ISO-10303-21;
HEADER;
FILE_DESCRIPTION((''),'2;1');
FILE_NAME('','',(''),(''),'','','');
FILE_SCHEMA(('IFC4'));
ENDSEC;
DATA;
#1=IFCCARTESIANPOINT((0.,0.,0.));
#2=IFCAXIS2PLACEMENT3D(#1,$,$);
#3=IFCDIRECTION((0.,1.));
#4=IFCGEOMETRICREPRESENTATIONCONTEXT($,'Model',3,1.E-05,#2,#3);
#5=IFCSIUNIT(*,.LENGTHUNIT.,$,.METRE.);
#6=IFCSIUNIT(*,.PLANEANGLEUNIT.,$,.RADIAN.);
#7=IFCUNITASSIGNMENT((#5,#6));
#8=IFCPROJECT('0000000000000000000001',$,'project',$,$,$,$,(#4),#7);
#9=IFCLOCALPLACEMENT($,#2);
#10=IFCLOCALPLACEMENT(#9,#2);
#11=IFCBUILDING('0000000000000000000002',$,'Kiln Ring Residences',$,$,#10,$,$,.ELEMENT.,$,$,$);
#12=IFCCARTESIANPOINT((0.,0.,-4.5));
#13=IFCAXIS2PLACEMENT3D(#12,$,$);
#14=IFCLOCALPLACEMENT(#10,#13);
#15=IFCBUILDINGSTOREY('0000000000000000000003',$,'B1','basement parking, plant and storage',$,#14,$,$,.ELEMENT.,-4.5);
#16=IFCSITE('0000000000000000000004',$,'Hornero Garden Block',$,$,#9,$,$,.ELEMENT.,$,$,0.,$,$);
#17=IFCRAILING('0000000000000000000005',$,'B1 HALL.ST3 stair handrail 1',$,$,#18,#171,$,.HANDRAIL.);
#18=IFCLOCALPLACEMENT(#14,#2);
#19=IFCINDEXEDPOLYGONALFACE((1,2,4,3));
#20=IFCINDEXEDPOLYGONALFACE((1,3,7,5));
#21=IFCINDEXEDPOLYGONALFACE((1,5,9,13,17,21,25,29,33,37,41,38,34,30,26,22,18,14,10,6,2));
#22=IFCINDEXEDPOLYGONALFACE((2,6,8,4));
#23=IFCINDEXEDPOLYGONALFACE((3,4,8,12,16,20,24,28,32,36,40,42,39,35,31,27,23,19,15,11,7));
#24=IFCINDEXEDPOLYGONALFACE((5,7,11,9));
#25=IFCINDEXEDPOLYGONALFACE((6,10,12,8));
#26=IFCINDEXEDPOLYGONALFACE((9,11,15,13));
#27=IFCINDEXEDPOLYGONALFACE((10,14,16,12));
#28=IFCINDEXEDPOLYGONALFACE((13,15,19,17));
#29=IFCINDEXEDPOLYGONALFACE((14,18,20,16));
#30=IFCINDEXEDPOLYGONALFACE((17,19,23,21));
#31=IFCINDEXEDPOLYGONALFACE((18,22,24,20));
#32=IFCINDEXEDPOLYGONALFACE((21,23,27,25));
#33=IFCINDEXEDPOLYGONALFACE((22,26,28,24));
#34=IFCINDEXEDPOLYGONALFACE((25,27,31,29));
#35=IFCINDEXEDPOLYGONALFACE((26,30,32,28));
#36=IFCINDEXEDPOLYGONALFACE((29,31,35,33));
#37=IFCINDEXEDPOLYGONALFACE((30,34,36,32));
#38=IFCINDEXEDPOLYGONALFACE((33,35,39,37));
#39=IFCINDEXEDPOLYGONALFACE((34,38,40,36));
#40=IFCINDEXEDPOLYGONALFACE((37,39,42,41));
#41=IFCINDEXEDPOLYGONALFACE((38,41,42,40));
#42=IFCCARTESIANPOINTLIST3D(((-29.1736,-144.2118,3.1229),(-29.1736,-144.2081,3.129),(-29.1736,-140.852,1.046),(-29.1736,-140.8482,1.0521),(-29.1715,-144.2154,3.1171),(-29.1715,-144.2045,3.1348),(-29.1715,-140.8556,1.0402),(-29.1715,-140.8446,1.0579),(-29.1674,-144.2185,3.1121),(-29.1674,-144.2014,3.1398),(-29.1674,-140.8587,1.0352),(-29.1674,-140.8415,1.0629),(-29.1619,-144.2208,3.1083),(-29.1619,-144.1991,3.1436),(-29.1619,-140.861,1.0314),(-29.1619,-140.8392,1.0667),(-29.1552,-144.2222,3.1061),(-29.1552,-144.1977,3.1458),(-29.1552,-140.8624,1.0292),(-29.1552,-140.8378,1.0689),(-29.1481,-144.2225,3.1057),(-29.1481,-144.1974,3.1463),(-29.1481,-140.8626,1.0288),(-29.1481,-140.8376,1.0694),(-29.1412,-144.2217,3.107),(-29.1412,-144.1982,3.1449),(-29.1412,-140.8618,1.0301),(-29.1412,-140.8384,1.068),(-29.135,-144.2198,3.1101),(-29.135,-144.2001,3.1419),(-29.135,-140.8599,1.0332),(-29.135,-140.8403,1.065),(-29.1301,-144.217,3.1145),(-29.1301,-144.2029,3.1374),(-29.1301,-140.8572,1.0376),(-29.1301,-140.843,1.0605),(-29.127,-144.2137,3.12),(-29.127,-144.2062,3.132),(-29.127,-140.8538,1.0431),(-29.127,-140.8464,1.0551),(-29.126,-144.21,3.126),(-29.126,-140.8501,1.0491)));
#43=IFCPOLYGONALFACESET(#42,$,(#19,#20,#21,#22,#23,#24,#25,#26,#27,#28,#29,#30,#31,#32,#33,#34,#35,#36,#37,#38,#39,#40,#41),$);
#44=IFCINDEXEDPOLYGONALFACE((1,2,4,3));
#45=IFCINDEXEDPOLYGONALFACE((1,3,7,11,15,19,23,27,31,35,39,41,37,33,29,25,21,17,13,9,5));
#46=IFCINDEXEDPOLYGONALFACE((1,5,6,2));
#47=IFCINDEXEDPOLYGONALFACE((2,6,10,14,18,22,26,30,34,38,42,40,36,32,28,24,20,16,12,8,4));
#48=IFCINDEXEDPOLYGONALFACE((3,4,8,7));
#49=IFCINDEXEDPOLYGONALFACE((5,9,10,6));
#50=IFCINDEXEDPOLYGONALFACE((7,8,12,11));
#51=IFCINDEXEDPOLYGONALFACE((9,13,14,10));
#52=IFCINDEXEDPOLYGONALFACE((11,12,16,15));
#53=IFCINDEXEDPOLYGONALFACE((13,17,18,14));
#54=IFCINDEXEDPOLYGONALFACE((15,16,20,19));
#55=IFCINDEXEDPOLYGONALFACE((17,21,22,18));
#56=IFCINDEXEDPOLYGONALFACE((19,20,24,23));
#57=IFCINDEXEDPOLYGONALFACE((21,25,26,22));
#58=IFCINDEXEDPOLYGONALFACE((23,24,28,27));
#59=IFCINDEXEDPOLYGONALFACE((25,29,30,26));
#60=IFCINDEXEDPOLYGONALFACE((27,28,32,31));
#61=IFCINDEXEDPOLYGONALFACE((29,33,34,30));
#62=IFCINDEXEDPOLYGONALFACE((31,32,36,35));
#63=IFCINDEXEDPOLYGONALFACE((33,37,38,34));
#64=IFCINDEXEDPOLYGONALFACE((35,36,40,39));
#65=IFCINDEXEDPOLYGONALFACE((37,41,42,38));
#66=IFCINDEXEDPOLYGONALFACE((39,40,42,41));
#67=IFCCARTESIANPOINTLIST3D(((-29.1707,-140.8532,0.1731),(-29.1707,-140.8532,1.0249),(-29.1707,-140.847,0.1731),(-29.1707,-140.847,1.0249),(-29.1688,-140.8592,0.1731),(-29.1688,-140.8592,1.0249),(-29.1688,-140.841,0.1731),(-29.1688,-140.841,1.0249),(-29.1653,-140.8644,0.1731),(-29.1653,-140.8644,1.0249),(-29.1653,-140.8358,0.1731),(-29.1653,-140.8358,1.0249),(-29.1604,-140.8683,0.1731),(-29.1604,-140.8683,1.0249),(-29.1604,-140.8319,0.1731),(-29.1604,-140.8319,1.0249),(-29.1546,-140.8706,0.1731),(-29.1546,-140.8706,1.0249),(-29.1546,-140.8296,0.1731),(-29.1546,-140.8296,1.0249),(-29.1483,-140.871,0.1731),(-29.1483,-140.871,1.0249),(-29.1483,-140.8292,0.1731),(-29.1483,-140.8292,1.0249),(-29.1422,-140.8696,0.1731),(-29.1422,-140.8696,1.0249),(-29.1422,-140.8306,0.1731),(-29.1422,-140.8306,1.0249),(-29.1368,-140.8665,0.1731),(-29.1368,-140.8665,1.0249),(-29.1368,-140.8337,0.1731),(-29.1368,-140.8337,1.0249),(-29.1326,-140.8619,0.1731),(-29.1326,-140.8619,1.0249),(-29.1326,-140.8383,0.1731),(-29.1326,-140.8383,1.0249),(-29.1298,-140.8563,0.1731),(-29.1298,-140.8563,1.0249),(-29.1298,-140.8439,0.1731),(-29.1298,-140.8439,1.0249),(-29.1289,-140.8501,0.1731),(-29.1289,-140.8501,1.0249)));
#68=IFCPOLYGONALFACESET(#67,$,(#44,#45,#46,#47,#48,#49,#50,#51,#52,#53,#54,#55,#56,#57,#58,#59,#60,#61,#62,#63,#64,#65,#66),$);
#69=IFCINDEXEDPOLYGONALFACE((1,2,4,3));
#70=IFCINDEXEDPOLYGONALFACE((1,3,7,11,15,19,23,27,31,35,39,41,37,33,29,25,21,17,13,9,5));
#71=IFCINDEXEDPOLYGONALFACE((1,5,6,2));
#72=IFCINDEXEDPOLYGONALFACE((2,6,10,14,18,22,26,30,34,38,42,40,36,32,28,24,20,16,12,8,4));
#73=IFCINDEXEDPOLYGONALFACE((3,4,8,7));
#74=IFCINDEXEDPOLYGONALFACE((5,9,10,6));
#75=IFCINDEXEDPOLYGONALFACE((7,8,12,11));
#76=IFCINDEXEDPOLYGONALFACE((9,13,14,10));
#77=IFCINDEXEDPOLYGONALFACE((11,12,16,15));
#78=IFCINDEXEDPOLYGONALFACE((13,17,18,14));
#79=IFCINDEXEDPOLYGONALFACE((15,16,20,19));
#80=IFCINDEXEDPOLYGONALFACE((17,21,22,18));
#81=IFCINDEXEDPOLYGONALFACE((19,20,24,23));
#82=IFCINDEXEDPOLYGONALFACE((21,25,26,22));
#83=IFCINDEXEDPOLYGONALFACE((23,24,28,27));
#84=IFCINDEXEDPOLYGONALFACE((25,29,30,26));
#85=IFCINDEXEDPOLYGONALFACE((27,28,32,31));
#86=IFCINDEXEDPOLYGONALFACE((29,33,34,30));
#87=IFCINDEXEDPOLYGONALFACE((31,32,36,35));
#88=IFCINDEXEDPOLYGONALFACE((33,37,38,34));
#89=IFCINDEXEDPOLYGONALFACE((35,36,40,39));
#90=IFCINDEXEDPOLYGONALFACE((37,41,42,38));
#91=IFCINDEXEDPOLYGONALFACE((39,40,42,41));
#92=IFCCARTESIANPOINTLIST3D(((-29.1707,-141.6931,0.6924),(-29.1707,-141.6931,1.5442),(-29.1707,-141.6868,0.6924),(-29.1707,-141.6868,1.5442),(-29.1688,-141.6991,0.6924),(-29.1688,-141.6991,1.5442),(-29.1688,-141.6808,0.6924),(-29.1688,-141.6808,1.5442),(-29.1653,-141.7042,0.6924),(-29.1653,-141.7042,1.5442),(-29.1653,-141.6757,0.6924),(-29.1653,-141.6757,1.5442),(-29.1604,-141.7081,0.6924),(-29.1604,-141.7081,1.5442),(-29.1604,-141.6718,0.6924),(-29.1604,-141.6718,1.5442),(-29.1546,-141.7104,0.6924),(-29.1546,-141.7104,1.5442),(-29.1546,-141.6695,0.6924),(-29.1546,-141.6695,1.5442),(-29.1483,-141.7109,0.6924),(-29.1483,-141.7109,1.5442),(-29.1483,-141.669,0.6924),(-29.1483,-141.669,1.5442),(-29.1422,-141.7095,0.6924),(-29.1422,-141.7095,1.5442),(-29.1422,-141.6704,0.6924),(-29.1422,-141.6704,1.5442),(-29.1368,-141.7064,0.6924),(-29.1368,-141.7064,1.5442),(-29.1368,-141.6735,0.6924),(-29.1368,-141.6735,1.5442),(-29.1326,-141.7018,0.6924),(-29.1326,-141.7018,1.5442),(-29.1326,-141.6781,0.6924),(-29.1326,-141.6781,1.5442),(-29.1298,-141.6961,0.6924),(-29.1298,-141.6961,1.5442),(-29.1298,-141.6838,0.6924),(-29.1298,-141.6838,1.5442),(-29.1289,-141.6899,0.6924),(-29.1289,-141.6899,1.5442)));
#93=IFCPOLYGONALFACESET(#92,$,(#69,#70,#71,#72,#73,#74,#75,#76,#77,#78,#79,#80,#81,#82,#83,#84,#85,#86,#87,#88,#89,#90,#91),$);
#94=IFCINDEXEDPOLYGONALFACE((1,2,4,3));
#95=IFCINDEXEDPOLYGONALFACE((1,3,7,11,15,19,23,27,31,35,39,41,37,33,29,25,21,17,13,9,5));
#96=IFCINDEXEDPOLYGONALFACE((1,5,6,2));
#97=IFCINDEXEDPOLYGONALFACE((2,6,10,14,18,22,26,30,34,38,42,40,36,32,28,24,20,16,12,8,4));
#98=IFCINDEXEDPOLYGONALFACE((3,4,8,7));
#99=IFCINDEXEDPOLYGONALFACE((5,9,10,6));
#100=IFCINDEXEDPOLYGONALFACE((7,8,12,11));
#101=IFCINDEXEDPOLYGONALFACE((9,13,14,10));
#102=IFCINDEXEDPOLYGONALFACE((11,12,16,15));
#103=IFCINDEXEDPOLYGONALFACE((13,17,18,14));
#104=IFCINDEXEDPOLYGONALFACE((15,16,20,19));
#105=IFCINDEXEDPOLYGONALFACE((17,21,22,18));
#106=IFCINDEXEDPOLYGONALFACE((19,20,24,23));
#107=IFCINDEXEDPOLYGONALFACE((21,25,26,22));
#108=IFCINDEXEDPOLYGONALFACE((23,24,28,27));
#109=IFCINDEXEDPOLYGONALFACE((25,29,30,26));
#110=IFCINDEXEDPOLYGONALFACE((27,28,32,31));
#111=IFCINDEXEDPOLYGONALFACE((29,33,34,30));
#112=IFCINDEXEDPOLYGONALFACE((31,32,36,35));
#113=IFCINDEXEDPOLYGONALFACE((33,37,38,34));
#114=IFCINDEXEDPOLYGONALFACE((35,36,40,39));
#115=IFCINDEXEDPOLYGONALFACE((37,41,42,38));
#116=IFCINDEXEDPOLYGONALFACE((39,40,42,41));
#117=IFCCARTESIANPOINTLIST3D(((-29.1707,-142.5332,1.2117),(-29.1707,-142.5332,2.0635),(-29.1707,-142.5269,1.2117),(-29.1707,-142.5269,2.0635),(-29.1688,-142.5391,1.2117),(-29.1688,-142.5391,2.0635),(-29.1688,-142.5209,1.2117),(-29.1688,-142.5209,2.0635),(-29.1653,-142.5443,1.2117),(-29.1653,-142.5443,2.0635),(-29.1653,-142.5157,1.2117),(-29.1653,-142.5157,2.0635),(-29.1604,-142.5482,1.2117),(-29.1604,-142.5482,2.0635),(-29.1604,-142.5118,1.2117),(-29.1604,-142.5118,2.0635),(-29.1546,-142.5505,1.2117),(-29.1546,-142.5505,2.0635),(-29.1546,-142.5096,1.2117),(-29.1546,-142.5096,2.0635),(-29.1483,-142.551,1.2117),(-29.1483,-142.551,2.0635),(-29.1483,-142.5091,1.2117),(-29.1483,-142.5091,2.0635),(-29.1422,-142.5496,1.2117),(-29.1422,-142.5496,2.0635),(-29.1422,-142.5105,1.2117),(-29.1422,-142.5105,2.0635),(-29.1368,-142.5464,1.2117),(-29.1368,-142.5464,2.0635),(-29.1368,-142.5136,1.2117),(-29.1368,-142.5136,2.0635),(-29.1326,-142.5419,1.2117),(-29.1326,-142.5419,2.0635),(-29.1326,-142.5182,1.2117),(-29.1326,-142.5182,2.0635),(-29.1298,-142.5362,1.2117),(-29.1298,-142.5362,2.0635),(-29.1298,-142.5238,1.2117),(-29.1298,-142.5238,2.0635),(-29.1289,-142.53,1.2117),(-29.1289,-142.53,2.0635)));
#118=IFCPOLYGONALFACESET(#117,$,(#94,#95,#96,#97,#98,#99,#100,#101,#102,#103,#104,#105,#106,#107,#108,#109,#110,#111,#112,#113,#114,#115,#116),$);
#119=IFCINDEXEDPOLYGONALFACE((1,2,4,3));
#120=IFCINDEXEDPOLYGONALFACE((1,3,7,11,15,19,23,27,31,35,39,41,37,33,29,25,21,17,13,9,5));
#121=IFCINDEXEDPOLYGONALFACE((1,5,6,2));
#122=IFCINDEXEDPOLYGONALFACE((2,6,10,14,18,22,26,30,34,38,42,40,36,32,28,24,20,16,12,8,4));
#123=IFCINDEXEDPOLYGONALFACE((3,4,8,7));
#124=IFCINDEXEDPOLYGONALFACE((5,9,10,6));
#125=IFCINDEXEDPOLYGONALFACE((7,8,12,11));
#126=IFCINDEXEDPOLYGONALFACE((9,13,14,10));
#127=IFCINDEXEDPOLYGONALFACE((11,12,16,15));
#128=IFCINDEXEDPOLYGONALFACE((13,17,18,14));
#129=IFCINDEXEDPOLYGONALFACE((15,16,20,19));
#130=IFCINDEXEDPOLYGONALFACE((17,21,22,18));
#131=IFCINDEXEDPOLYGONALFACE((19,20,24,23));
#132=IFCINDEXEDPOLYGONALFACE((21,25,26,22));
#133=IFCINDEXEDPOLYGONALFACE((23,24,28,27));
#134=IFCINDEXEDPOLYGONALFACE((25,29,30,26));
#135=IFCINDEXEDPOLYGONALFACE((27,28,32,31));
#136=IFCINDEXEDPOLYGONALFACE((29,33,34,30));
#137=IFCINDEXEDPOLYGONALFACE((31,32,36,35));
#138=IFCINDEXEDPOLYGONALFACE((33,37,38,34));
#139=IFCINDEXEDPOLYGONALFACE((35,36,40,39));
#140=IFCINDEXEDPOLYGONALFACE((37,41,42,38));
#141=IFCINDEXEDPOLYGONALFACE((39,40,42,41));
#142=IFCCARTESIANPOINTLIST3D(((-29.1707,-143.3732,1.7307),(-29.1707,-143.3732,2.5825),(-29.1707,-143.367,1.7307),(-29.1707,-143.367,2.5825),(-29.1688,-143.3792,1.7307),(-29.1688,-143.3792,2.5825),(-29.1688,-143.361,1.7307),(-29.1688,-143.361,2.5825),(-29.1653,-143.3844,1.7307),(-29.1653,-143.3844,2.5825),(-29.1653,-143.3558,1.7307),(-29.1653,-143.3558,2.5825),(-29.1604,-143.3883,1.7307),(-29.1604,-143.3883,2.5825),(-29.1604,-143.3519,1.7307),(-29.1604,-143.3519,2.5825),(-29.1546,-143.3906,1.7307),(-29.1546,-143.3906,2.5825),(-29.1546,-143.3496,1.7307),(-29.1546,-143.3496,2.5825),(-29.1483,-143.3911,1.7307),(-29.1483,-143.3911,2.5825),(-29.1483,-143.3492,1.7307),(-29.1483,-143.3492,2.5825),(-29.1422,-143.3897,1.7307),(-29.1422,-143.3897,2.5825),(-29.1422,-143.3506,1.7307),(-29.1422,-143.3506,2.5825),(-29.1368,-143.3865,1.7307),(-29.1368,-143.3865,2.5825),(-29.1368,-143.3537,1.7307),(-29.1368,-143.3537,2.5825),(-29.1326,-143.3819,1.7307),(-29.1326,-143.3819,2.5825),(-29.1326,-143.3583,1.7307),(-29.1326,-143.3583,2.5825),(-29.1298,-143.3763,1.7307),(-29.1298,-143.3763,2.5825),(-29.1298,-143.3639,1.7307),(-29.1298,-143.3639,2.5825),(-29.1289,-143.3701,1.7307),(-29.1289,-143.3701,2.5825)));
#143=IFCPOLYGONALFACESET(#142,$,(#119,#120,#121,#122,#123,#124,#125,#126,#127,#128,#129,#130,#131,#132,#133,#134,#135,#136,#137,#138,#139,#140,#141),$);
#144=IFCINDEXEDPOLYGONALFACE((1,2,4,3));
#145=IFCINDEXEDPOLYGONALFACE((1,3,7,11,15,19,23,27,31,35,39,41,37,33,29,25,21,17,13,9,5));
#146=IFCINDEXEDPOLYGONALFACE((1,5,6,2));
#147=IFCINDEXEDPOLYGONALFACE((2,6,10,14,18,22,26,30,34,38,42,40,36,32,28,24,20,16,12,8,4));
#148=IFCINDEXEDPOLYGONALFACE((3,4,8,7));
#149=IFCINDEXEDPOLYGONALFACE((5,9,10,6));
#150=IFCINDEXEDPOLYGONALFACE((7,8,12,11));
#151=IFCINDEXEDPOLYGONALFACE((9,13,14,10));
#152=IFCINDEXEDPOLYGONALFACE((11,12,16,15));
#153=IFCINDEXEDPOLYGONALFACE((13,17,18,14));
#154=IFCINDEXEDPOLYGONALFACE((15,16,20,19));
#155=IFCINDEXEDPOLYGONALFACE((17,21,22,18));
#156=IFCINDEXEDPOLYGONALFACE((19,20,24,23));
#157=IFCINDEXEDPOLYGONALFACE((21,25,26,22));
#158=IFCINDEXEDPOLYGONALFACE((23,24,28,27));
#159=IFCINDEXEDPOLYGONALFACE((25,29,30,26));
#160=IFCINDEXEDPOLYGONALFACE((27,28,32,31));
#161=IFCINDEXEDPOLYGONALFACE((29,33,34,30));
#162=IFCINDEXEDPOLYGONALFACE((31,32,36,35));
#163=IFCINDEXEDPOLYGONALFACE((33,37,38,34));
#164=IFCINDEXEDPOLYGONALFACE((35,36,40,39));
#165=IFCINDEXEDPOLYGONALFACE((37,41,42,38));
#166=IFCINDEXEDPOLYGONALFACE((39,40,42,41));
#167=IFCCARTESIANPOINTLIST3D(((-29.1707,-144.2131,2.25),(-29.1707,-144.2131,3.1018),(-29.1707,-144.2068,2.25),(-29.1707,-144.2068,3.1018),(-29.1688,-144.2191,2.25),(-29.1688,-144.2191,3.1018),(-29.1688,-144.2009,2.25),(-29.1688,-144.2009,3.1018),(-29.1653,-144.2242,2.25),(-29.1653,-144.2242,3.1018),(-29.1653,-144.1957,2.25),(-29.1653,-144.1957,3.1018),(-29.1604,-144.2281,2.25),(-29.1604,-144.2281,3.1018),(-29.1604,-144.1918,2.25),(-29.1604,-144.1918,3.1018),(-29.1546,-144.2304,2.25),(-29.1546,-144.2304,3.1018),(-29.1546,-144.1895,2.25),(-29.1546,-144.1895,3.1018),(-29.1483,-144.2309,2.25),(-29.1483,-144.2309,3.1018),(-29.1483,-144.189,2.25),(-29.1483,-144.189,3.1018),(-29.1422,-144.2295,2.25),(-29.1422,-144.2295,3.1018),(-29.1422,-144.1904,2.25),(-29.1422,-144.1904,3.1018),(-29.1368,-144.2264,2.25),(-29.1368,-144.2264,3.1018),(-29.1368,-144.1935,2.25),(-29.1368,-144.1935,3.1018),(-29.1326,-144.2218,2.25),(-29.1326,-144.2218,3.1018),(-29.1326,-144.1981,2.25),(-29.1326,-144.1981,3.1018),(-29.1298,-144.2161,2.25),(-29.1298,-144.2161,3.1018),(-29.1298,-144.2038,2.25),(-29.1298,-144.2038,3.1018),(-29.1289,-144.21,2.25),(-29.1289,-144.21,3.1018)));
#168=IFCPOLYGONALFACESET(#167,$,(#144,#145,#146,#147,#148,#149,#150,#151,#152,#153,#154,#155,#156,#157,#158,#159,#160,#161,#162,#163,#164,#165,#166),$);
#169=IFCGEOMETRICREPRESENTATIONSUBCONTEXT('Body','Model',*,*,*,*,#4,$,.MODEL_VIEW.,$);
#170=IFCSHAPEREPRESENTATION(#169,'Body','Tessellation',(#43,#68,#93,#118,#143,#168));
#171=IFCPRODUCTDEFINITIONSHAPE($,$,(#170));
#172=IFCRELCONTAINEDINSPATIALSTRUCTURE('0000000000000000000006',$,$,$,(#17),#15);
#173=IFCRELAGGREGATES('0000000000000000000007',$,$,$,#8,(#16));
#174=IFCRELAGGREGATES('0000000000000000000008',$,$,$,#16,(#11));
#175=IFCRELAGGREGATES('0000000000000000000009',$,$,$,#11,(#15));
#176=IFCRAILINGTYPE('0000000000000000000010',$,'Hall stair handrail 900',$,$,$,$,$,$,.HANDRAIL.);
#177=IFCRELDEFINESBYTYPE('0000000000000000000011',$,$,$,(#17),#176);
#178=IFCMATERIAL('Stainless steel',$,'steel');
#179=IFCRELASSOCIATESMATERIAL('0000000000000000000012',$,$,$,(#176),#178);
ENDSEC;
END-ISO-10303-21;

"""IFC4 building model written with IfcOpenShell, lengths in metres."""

from ifc_helpers import new_model, si_unit, direction, frame, origin, origin_2d, place, context, subcontext, project, spatial, circle, extrude, material, type_object, element, save


model = new_model("IFC4")

# Units and contexts
model_context = context("Model", 3, precision=1e-05, world=origin(), true_north=direction((0.0, 1.0)))
body_context = subcontext(model_context, "Body", "Model", "MODEL_VIEW")
ifc_project = project(units=[si_unit("LENGTHUNIT", "METRE"), si_unit("PLANEANGLEUNIT", "RADIAN")], contexts=[model_context])

# Site, building, storey
site_placement = place(None, origin())
site = spatial("IfcSite", under=ifc_project, at=site_placement, Name="Hornero Garden Block", CompositionType="ELEMENT", RefElevation=0.0)
building_placement = place(site_placement, origin())
building = spatial("IfcBuilding", under=site, at=building_placement, Name="Kiln Ring Residences", CompositionType="ELEMENT")
storey_placement = place(building_placement, frame((0.0, 0.0, -4.5)))
storey = spatial("IfcBuildingStorey", under=building, at=storey_placement, Name="B1", Description="basement parking, plant and storage", CompositionType="ELEMENT", Elevation=-4.5)

# Railing
ifc_material_1 = material(Name="Stainless steel", Category="steel")
railing_type_1 = type_object("IfcRailingType", Name="Hall stair handrail 900", PredefinedType="HANDRAIL", material=ifc_material_1)
railing_1_placement = place(storey_placement, frame((-29.1499, -140.8501, 0.1731)))
element("IfcRailing", 1, at=railing_1_placement, inside=storey, type_object=railing_type_1, Name="B1 HALL.ST3 stair handrail 1", PredefinedType="HANDRAIL", context=body_context, shape_type="SweptSolid", body=[
    extrude(circle(Radius=0.0239, at=origin_2d()), frame((0.0, 0.0, 0.876), z_axis=(0.0, -0.850606, 0.525803), x_axis=(1.0, 0.0, 0.0)), (0.0, 0.0, 1.0), 3.95),
    extrude(circle(Radius=0.021, at=origin_2d()), origin(), (0.0, 0.0, 1.0), 0.8518),
    extrude(circle(Radius=0.021, at=origin_2d()), frame((0.0, -0.8398, 0.5193)), (0.0, 0.0, 1.0), 0.8518),
    extrude(circle(Radius=0.021, at=origin_2d()), frame((0.0, -1.6799, 1.0386)), (0.0, 0.0, 1.0), 0.8518),
    extrude(circle(Radius=0.021, at=origin_2d()), frame((0.0, -2.52, 1.5576)), (0.0, 0.0, 1.0), 0.8518),
    extrude(circle(Radius=0.021, at=origin_2d()), frame((0.0, -3.3599, 2.0769)), (0.0, 0.0, 1.0), 0.8518),
])

save(model, "model.ifc")
